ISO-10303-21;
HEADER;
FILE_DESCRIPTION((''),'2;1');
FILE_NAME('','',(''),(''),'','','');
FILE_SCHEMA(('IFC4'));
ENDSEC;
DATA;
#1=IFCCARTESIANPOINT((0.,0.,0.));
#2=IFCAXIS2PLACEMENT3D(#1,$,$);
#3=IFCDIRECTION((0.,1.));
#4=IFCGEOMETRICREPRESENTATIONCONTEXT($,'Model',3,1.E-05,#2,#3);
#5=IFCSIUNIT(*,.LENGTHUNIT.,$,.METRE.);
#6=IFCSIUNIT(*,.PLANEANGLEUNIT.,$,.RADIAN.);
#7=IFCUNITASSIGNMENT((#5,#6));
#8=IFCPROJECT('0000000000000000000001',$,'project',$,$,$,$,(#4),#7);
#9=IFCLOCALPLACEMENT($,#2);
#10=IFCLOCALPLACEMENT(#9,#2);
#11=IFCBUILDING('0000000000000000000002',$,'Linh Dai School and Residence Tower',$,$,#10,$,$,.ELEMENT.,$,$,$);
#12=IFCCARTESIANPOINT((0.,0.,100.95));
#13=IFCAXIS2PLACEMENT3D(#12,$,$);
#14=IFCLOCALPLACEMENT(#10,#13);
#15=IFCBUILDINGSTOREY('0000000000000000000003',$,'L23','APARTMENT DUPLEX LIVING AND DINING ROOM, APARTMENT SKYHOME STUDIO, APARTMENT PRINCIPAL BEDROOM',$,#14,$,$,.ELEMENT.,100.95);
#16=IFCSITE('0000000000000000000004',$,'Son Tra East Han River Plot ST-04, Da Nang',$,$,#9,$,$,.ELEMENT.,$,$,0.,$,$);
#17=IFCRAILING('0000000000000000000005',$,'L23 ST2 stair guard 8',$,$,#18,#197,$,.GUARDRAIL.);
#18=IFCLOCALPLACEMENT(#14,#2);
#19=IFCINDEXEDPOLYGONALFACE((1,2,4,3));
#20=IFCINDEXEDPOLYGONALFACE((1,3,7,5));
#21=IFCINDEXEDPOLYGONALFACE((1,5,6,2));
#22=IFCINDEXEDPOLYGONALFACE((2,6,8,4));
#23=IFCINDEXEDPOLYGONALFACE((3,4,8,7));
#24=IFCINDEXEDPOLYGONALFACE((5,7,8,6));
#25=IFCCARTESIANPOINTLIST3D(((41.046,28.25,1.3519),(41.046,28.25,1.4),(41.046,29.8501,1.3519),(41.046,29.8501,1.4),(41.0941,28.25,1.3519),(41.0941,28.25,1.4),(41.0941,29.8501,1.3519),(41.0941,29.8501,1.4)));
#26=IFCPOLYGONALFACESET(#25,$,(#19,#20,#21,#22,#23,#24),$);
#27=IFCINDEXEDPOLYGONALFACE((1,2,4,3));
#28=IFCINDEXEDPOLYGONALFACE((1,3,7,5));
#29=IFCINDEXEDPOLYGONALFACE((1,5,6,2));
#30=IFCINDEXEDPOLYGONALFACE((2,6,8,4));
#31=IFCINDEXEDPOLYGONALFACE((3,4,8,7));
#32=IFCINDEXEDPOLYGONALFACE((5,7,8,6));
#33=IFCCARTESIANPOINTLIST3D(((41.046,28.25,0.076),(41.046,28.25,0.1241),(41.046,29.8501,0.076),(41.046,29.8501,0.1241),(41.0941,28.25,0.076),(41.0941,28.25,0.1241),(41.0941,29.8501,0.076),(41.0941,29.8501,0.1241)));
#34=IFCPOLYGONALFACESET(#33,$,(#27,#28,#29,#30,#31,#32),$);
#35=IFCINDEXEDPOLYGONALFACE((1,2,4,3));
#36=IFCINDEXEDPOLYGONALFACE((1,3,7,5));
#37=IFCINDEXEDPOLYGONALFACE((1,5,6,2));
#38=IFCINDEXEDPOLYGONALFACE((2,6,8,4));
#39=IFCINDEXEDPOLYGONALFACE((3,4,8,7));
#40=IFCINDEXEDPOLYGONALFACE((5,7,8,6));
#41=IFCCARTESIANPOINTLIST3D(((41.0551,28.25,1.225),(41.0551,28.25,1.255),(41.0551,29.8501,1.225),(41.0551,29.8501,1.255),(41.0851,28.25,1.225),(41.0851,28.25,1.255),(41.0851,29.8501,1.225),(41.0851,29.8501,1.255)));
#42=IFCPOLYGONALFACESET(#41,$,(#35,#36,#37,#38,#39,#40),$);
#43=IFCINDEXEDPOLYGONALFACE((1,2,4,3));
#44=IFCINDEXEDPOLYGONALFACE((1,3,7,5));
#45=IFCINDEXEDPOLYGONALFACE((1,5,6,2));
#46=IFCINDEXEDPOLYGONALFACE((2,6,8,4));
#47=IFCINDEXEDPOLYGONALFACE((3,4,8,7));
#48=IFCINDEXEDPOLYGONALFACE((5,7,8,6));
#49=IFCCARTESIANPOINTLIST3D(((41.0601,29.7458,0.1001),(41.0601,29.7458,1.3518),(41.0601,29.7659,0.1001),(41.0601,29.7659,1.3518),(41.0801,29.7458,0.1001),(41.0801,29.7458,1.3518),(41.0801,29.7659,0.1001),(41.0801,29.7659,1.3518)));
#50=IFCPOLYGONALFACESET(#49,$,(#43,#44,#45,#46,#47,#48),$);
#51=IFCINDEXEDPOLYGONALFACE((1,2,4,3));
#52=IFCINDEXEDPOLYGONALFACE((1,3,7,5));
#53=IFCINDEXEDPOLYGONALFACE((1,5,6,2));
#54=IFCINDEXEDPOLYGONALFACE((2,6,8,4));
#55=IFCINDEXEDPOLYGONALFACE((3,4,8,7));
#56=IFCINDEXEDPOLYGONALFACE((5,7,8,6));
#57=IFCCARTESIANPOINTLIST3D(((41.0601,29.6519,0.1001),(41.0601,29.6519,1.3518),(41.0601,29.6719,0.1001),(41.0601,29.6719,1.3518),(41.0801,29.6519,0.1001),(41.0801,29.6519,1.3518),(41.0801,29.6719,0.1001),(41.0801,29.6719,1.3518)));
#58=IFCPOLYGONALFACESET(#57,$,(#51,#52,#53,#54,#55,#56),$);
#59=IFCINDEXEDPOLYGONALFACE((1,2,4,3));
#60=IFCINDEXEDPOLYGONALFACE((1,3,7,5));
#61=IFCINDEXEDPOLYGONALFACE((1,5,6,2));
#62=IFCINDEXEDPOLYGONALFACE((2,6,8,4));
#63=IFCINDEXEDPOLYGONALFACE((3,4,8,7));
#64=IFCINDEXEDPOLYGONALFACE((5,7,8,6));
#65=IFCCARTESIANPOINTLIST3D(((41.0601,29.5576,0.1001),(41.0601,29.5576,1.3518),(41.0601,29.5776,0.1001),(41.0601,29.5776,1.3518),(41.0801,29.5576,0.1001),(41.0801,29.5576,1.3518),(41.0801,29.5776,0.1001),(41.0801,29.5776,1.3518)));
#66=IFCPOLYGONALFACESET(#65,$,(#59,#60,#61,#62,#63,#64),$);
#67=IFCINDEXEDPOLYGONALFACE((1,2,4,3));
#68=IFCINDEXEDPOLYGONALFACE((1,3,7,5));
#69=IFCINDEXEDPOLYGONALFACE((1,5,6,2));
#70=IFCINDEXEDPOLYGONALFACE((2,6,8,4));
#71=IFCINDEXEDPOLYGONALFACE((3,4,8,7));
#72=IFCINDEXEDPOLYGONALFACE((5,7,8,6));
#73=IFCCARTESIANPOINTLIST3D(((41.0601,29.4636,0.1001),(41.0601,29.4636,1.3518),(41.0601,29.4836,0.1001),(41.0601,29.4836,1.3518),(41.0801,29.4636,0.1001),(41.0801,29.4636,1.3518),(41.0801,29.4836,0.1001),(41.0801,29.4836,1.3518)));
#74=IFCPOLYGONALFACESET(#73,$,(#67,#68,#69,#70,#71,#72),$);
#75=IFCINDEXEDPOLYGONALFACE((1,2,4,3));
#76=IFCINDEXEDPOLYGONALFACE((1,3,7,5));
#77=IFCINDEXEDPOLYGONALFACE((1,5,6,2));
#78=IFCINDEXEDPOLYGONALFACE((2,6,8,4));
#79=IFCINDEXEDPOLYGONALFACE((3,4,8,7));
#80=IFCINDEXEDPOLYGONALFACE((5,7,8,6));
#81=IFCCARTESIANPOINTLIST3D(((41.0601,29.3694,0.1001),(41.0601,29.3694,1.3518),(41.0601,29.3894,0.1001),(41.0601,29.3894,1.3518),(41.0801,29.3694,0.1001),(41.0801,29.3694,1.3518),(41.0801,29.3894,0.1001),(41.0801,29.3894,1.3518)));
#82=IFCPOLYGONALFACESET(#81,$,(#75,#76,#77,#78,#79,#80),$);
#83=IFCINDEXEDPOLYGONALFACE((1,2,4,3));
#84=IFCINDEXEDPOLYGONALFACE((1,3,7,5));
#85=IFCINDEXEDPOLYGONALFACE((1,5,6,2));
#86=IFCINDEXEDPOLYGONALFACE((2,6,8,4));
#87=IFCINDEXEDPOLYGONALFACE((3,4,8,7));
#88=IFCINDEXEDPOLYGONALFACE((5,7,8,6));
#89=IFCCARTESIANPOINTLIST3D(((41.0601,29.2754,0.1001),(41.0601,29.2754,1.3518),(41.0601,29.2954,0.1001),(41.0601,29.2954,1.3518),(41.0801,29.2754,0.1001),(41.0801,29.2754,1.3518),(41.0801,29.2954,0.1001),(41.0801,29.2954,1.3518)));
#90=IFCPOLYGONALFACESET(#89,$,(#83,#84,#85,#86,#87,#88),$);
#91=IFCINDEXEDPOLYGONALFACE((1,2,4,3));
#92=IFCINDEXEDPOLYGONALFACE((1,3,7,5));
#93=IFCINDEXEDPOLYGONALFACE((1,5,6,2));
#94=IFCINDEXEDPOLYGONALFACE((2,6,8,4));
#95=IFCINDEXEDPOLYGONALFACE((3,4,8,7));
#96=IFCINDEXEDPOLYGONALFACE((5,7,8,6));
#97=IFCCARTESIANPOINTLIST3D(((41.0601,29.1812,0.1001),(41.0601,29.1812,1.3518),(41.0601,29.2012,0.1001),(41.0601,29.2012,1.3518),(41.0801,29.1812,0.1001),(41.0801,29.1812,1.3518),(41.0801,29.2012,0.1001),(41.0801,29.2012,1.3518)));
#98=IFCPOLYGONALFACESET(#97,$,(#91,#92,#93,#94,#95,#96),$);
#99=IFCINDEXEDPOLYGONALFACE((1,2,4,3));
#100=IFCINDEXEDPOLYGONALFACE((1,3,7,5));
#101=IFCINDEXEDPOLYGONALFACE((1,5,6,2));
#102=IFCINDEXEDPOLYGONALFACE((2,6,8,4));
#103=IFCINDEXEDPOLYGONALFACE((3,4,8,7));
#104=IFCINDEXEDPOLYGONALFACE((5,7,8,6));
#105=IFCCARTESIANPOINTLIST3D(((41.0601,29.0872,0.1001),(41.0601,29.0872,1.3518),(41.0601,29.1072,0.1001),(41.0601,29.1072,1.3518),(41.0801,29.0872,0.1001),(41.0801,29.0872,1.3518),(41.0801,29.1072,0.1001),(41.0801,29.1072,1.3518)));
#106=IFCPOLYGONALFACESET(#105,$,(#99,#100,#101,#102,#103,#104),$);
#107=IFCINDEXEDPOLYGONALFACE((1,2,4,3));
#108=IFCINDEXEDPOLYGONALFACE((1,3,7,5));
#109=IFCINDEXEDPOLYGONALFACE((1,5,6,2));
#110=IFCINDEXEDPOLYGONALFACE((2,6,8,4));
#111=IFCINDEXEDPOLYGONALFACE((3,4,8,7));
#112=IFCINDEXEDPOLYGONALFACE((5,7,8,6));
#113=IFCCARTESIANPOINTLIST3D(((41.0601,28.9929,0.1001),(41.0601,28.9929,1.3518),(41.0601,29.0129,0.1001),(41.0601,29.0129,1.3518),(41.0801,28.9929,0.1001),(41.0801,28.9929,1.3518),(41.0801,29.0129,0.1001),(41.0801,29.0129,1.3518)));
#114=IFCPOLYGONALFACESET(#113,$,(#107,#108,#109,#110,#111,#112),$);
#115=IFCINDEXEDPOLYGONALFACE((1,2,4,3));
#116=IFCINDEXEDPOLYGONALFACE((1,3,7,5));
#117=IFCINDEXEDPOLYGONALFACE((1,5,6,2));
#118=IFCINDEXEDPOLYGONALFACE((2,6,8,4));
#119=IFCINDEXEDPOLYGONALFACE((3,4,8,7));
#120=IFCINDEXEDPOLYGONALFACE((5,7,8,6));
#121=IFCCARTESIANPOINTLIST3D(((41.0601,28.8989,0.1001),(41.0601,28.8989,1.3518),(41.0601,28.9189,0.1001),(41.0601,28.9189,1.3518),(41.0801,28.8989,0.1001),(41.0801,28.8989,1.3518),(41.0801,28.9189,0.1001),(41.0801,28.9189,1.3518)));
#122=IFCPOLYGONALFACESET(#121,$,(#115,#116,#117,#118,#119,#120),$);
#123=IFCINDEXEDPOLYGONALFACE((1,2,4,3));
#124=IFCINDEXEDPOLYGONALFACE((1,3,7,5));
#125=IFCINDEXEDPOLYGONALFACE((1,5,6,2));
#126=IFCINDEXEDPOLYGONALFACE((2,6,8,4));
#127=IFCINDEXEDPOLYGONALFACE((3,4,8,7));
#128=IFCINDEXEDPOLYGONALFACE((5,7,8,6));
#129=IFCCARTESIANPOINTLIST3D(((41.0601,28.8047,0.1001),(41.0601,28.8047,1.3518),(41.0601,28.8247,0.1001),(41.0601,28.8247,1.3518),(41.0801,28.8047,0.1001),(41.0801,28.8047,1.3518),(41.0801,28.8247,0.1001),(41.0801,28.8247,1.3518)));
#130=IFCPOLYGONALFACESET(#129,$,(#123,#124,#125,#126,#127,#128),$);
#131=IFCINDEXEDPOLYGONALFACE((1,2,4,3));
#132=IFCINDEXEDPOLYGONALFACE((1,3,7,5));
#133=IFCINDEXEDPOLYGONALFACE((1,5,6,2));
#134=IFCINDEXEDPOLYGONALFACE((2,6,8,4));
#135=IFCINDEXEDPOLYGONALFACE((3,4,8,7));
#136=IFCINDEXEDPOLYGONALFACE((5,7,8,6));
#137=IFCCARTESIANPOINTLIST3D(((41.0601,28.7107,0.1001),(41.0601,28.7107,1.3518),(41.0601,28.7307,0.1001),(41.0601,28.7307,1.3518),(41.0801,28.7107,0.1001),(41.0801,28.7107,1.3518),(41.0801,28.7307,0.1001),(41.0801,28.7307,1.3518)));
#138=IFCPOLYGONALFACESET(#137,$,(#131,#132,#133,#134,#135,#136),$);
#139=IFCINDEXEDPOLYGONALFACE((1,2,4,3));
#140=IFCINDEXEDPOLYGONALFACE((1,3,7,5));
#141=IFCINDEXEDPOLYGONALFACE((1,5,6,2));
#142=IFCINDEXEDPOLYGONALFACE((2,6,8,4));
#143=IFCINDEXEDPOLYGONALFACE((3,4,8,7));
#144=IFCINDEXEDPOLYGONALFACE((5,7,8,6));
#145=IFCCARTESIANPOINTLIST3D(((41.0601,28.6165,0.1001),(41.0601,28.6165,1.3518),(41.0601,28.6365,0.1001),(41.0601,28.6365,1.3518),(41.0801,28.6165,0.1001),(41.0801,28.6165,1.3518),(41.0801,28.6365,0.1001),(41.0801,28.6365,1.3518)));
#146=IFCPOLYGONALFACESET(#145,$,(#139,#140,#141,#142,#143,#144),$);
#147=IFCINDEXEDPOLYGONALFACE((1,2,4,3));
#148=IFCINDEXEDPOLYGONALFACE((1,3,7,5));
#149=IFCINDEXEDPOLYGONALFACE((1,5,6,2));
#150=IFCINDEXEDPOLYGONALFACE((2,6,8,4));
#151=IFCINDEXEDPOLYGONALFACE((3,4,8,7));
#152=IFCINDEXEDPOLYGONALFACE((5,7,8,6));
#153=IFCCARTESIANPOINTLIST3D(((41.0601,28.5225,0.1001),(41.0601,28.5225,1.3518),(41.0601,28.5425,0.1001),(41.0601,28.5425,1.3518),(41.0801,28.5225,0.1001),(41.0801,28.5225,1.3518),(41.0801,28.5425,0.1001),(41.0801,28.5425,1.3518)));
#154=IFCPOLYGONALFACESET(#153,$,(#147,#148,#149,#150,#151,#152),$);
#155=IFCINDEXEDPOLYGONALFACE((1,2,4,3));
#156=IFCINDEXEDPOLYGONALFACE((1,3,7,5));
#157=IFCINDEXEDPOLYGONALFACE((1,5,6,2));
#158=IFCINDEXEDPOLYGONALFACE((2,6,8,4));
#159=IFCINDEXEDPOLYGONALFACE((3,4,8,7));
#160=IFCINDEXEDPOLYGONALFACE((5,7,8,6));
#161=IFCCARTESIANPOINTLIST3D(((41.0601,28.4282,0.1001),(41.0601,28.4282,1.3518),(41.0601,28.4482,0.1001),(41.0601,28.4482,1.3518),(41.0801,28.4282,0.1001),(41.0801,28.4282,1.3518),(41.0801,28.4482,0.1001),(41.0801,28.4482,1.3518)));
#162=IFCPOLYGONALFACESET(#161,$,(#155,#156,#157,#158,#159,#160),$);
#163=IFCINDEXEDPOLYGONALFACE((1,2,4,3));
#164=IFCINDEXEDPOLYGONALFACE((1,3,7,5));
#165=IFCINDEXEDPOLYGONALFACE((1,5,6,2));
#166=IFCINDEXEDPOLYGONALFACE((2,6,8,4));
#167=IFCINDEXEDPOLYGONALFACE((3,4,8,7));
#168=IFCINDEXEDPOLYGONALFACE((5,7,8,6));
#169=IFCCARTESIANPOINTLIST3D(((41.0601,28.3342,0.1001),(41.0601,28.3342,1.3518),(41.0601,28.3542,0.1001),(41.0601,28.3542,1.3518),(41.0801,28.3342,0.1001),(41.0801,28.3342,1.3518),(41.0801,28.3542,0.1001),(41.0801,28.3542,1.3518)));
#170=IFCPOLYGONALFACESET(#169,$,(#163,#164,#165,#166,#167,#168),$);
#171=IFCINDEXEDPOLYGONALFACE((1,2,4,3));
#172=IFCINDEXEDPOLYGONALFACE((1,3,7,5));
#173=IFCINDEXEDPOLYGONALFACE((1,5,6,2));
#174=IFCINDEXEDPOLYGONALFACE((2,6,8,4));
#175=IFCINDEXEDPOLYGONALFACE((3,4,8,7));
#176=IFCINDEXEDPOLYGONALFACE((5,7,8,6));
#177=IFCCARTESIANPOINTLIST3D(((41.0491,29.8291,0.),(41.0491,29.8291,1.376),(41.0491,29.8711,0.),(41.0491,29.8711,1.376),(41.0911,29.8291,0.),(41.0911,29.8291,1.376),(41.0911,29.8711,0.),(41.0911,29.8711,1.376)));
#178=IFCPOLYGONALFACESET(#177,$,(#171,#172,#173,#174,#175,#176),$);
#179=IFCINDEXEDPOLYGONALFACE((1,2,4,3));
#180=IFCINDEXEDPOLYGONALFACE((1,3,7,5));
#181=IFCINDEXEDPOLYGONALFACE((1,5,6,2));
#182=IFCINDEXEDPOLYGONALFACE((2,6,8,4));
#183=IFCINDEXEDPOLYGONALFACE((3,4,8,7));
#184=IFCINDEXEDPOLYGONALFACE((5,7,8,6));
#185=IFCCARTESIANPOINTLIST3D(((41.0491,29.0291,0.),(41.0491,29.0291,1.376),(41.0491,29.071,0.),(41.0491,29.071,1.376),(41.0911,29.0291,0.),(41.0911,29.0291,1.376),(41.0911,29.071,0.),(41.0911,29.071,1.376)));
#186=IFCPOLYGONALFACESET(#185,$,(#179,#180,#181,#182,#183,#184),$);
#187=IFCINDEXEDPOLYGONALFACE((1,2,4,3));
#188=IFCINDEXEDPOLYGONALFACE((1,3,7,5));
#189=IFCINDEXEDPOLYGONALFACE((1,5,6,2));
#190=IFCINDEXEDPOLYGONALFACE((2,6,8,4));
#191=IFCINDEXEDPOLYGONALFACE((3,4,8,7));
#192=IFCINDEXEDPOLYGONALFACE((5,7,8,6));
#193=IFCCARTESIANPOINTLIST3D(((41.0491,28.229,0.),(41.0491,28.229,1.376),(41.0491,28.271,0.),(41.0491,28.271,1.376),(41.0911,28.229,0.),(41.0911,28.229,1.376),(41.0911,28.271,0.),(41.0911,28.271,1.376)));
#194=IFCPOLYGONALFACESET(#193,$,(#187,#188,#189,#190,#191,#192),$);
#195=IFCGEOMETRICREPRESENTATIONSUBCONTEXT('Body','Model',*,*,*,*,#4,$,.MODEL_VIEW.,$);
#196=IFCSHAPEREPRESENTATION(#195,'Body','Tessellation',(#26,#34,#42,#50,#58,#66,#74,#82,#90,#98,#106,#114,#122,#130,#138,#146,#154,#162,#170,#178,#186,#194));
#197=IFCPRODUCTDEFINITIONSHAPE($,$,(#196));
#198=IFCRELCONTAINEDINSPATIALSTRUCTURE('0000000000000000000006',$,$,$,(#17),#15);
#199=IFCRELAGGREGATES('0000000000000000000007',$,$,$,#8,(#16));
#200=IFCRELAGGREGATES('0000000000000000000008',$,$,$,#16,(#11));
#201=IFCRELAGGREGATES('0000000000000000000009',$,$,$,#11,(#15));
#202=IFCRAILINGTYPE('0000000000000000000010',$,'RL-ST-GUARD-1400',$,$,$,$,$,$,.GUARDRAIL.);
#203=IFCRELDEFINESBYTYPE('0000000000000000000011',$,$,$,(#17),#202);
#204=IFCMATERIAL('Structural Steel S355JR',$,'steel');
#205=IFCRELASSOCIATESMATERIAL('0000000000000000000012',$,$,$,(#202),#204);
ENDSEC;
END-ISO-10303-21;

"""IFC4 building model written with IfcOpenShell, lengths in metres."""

from ifc_helpers import new_model, si_unit, direction, frame, origin, origin_2d, place, context, subcontext, project, spatial, rectangle, extrude, source, transform, mapped, material, type_object, element, save


model = new_model("IFC4")

# Units and contexts
model_context = context("Model", 3, precision=1e-05, world=origin(), true_north=direction((0.0, 1.0)))
body_context = subcontext(model_context, "Body", "Model", "MODEL_VIEW")
ifc_project = project(units=[si_unit("LENGTHUNIT", "METRE"), si_unit("PLANEANGLEUNIT", "RADIAN")], contexts=[model_context])

# Site, building, storey
site_placement = place(None, origin())
site = spatial("IfcSite", under=ifc_project, at=site_placement, Name="Son Tra East Han River Plot ST-04, Da Nang", CompositionType="ELEMENT", RefElevation=0.0)
building_placement = place(site_placement, origin())
building = spatial("IfcBuilding", under=site, at=building_placement, Name="Linh Dai School and Residence Tower", CompositionType="ELEMENT")
storey_placement = place(building_placement, frame((0.0, 0.0, 100.95)))
storey = spatial("IfcBuildingStorey", under=building, at=storey_placement, Name="L23", Description="APARTMENT DUPLEX LIVING AND DINING ROOM, APARTMENT SKYHOME STUDIO, APARTMENT PRINCIPAL BEDROOM", CompositionType="ELEMENT", Elevation=100.95)

# Shared definitions
ifc_material_1 = material(Name="Structural Steel S355JR", Category="steel")

# Railing
railing_type_1 = type_object("IfcRailingType", Name="RL-ST-GUARD-1400", PredefinedType="GUARDRAIL", material=ifc_material_1)
shared_shape_1 = source(origin(), body_context, "Body", "SweptSolid", [
    extrude(rectangle(XDim=0.0481, YDim=0.0481, at=origin_2d()), frame((0.0, 0.0, 1.376), z_axis=(0.0, -1.0, 0.0), x_axis=(1.0, 0.0, 0.0)), (0.0, 0.0, 1.0), 1.6001),
    extrude(rectangle(XDim=0.0481, YDim=0.0481, at=origin_2d()), frame((0.0, 0.0, 0.1001), z_axis=(0.0, -1.0, 0.0), x_axis=(1.0, 0.0, 0.0)), (0.0, 0.0, 1.0), 1.6001),
    extrude(rectangle(XDim=0.03, YDim=0.03, at=origin_2d()), frame((0.0, 0.0, 1.24), z_axis=(0.0, -1.0, 0.0), x_axis=(1.0, 0.0, 0.0)), (0.0, 0.0, 1.0), 1.6001),
    extrude(rectangle(XDim=0.02, YDim=0.02, at=origin_2d()), frame((0.0, -0.0942, 0.1001)), (0.0, 0.0, 1.0), 1.2517),
    extrude(rectangle(XDim=0.02, YDim=0.02, at=origin_2d()), frame((0.0, -0.1882, 0.1001)), (0.0, 0.0, 1.0), 1.2517),
    extrude(rectangle(XDim=0.02, YDim=0.02, at=origin_2d()), frame((0.0, -0.2825, 0.1001)), (0.0, 0.0, 1.0), 1.2517),
    extrude(rectangle(XDim=0.02, YDim=0.02, at=origin_2d()), frame((0.0, -0.3765, 0.1001)), (0.0, 0.0, 1.0), 1.2517),
    extrude(rectangle(XDim=0.02, YDim=0.02, at=origin_2d()), frame((0.0, -0.4707, 0.1001)), (0.0, 0.0, 1.0), 1.2517),
    extrude(rectangle(XDim=0.02, YDim=0.02, at=origin_2d()), frame((0.0, -0.5647, 0.1001)), (0.0, 0.0, 1.0), 1.2517),
    extrude(rectangle(XDim=0.02, YDim=0.02, at=origin_2d()), frame((0.0, -0.6589, 0.1001)), (0.0, 0.0, 1.0), 1.2517),
    extrude(rectangle(XDim=0.02, YDim=0.02, at=origin_2d()), frame((0.0, -0.7529, 0.1001)), (0.0, 0.0, 1.0), 1.2517),
    extrude(rectangle(XDim=0.02, YDim=0.02, at=origin_2d()), frame((0.0, -0.8472, 0.1001)), (0.0, 0.0, 1.0), 1.2517),
    extrude(rectangle(XDim=0.02, YDim=0.02, at=origin_2d()), frame((0.0, -0.9412, 0.1001)), (0.0, 0.0, 1.0), 1.2517),
    extrude(rectangle(XDim=0.02, YDim=0.02, at=origin_2d()), frame((0.0, -1.0354, 0.1001)), (0.0, 0.0, 1.0), 1.2517),
    extrude(rectangle(XDim=0.02, YDim=0.02, at=origin_2d()), frame((0.0, -1.1294, 0.1001)), (0.0, 0.0, 1.0), 1.2517),
    extrude(rectangle(XDim=0.02, YDim=0.02, at=origin_2d()), frame((0.0, -1.2236, 0.1001)), (0.0, 0.0, 1.0), 1.2517),
    extrude(rectangle(XDim=0.02, YDim=0.02, at=origin_2d()), frame((0.0, -1.3176, 0.1001)), (0.0, 0.0, 1.0), 1.2517),
    extrude(rectangle(XDim=0.02, YDim=0.02, at=origin_2d()), frame((0.0, -1.4119, 0.1001)), (0.0, 0.0, 1.0), 1.2517),
    extrude(rectangle(XDim=0.02, YDim=0.02, at=origin_2d()), frame((0.0, -1.5059, 0.1001)), (0.0, 0.0, 1.0), 1.2517),
    extrude(rectangle(XDim=0.042, YDim=0.042, at=origin_2d()), origin(), (0.0, 0.0, 1.0), 1.376),
    extrude(rectangle(XDim=0.042, YDim=0.042, at=origin_2d()), frame((0.0, -0.8, 0.0)), (0.0, 0.0, 1.0), 1.376),
    extrude(rectangle(XDim=0.042, YDim=0.042, at=origin_2d()), frame((0.0, -1.6001, 0.0)), (0.0, 0.0, 1.0), 1.376),
])
for number, where, name in (
    (1, (41.0701, 29.8501, 0.0), "L23 ST2 stair guard 8"),
):
    element("IfcRailing", number, at=place(storey_placement, frame(where)), inside=storey, type_object=railing_type_1, Name=name, PredefinedType="GUARDRAIL", context=body_context, shape_type="MappedRepresentation", body=[
        mapped(shared_shape_1, transform((0.0, 0.0, 0.0), x_axis=(1.0, 0.0, 0.0), y_axis=(0.0, 1.0, 0.0), z_axis=(0.0, 0.0, 1.0), scale=1.0)),
    ])

save(model, "model.ifc")
